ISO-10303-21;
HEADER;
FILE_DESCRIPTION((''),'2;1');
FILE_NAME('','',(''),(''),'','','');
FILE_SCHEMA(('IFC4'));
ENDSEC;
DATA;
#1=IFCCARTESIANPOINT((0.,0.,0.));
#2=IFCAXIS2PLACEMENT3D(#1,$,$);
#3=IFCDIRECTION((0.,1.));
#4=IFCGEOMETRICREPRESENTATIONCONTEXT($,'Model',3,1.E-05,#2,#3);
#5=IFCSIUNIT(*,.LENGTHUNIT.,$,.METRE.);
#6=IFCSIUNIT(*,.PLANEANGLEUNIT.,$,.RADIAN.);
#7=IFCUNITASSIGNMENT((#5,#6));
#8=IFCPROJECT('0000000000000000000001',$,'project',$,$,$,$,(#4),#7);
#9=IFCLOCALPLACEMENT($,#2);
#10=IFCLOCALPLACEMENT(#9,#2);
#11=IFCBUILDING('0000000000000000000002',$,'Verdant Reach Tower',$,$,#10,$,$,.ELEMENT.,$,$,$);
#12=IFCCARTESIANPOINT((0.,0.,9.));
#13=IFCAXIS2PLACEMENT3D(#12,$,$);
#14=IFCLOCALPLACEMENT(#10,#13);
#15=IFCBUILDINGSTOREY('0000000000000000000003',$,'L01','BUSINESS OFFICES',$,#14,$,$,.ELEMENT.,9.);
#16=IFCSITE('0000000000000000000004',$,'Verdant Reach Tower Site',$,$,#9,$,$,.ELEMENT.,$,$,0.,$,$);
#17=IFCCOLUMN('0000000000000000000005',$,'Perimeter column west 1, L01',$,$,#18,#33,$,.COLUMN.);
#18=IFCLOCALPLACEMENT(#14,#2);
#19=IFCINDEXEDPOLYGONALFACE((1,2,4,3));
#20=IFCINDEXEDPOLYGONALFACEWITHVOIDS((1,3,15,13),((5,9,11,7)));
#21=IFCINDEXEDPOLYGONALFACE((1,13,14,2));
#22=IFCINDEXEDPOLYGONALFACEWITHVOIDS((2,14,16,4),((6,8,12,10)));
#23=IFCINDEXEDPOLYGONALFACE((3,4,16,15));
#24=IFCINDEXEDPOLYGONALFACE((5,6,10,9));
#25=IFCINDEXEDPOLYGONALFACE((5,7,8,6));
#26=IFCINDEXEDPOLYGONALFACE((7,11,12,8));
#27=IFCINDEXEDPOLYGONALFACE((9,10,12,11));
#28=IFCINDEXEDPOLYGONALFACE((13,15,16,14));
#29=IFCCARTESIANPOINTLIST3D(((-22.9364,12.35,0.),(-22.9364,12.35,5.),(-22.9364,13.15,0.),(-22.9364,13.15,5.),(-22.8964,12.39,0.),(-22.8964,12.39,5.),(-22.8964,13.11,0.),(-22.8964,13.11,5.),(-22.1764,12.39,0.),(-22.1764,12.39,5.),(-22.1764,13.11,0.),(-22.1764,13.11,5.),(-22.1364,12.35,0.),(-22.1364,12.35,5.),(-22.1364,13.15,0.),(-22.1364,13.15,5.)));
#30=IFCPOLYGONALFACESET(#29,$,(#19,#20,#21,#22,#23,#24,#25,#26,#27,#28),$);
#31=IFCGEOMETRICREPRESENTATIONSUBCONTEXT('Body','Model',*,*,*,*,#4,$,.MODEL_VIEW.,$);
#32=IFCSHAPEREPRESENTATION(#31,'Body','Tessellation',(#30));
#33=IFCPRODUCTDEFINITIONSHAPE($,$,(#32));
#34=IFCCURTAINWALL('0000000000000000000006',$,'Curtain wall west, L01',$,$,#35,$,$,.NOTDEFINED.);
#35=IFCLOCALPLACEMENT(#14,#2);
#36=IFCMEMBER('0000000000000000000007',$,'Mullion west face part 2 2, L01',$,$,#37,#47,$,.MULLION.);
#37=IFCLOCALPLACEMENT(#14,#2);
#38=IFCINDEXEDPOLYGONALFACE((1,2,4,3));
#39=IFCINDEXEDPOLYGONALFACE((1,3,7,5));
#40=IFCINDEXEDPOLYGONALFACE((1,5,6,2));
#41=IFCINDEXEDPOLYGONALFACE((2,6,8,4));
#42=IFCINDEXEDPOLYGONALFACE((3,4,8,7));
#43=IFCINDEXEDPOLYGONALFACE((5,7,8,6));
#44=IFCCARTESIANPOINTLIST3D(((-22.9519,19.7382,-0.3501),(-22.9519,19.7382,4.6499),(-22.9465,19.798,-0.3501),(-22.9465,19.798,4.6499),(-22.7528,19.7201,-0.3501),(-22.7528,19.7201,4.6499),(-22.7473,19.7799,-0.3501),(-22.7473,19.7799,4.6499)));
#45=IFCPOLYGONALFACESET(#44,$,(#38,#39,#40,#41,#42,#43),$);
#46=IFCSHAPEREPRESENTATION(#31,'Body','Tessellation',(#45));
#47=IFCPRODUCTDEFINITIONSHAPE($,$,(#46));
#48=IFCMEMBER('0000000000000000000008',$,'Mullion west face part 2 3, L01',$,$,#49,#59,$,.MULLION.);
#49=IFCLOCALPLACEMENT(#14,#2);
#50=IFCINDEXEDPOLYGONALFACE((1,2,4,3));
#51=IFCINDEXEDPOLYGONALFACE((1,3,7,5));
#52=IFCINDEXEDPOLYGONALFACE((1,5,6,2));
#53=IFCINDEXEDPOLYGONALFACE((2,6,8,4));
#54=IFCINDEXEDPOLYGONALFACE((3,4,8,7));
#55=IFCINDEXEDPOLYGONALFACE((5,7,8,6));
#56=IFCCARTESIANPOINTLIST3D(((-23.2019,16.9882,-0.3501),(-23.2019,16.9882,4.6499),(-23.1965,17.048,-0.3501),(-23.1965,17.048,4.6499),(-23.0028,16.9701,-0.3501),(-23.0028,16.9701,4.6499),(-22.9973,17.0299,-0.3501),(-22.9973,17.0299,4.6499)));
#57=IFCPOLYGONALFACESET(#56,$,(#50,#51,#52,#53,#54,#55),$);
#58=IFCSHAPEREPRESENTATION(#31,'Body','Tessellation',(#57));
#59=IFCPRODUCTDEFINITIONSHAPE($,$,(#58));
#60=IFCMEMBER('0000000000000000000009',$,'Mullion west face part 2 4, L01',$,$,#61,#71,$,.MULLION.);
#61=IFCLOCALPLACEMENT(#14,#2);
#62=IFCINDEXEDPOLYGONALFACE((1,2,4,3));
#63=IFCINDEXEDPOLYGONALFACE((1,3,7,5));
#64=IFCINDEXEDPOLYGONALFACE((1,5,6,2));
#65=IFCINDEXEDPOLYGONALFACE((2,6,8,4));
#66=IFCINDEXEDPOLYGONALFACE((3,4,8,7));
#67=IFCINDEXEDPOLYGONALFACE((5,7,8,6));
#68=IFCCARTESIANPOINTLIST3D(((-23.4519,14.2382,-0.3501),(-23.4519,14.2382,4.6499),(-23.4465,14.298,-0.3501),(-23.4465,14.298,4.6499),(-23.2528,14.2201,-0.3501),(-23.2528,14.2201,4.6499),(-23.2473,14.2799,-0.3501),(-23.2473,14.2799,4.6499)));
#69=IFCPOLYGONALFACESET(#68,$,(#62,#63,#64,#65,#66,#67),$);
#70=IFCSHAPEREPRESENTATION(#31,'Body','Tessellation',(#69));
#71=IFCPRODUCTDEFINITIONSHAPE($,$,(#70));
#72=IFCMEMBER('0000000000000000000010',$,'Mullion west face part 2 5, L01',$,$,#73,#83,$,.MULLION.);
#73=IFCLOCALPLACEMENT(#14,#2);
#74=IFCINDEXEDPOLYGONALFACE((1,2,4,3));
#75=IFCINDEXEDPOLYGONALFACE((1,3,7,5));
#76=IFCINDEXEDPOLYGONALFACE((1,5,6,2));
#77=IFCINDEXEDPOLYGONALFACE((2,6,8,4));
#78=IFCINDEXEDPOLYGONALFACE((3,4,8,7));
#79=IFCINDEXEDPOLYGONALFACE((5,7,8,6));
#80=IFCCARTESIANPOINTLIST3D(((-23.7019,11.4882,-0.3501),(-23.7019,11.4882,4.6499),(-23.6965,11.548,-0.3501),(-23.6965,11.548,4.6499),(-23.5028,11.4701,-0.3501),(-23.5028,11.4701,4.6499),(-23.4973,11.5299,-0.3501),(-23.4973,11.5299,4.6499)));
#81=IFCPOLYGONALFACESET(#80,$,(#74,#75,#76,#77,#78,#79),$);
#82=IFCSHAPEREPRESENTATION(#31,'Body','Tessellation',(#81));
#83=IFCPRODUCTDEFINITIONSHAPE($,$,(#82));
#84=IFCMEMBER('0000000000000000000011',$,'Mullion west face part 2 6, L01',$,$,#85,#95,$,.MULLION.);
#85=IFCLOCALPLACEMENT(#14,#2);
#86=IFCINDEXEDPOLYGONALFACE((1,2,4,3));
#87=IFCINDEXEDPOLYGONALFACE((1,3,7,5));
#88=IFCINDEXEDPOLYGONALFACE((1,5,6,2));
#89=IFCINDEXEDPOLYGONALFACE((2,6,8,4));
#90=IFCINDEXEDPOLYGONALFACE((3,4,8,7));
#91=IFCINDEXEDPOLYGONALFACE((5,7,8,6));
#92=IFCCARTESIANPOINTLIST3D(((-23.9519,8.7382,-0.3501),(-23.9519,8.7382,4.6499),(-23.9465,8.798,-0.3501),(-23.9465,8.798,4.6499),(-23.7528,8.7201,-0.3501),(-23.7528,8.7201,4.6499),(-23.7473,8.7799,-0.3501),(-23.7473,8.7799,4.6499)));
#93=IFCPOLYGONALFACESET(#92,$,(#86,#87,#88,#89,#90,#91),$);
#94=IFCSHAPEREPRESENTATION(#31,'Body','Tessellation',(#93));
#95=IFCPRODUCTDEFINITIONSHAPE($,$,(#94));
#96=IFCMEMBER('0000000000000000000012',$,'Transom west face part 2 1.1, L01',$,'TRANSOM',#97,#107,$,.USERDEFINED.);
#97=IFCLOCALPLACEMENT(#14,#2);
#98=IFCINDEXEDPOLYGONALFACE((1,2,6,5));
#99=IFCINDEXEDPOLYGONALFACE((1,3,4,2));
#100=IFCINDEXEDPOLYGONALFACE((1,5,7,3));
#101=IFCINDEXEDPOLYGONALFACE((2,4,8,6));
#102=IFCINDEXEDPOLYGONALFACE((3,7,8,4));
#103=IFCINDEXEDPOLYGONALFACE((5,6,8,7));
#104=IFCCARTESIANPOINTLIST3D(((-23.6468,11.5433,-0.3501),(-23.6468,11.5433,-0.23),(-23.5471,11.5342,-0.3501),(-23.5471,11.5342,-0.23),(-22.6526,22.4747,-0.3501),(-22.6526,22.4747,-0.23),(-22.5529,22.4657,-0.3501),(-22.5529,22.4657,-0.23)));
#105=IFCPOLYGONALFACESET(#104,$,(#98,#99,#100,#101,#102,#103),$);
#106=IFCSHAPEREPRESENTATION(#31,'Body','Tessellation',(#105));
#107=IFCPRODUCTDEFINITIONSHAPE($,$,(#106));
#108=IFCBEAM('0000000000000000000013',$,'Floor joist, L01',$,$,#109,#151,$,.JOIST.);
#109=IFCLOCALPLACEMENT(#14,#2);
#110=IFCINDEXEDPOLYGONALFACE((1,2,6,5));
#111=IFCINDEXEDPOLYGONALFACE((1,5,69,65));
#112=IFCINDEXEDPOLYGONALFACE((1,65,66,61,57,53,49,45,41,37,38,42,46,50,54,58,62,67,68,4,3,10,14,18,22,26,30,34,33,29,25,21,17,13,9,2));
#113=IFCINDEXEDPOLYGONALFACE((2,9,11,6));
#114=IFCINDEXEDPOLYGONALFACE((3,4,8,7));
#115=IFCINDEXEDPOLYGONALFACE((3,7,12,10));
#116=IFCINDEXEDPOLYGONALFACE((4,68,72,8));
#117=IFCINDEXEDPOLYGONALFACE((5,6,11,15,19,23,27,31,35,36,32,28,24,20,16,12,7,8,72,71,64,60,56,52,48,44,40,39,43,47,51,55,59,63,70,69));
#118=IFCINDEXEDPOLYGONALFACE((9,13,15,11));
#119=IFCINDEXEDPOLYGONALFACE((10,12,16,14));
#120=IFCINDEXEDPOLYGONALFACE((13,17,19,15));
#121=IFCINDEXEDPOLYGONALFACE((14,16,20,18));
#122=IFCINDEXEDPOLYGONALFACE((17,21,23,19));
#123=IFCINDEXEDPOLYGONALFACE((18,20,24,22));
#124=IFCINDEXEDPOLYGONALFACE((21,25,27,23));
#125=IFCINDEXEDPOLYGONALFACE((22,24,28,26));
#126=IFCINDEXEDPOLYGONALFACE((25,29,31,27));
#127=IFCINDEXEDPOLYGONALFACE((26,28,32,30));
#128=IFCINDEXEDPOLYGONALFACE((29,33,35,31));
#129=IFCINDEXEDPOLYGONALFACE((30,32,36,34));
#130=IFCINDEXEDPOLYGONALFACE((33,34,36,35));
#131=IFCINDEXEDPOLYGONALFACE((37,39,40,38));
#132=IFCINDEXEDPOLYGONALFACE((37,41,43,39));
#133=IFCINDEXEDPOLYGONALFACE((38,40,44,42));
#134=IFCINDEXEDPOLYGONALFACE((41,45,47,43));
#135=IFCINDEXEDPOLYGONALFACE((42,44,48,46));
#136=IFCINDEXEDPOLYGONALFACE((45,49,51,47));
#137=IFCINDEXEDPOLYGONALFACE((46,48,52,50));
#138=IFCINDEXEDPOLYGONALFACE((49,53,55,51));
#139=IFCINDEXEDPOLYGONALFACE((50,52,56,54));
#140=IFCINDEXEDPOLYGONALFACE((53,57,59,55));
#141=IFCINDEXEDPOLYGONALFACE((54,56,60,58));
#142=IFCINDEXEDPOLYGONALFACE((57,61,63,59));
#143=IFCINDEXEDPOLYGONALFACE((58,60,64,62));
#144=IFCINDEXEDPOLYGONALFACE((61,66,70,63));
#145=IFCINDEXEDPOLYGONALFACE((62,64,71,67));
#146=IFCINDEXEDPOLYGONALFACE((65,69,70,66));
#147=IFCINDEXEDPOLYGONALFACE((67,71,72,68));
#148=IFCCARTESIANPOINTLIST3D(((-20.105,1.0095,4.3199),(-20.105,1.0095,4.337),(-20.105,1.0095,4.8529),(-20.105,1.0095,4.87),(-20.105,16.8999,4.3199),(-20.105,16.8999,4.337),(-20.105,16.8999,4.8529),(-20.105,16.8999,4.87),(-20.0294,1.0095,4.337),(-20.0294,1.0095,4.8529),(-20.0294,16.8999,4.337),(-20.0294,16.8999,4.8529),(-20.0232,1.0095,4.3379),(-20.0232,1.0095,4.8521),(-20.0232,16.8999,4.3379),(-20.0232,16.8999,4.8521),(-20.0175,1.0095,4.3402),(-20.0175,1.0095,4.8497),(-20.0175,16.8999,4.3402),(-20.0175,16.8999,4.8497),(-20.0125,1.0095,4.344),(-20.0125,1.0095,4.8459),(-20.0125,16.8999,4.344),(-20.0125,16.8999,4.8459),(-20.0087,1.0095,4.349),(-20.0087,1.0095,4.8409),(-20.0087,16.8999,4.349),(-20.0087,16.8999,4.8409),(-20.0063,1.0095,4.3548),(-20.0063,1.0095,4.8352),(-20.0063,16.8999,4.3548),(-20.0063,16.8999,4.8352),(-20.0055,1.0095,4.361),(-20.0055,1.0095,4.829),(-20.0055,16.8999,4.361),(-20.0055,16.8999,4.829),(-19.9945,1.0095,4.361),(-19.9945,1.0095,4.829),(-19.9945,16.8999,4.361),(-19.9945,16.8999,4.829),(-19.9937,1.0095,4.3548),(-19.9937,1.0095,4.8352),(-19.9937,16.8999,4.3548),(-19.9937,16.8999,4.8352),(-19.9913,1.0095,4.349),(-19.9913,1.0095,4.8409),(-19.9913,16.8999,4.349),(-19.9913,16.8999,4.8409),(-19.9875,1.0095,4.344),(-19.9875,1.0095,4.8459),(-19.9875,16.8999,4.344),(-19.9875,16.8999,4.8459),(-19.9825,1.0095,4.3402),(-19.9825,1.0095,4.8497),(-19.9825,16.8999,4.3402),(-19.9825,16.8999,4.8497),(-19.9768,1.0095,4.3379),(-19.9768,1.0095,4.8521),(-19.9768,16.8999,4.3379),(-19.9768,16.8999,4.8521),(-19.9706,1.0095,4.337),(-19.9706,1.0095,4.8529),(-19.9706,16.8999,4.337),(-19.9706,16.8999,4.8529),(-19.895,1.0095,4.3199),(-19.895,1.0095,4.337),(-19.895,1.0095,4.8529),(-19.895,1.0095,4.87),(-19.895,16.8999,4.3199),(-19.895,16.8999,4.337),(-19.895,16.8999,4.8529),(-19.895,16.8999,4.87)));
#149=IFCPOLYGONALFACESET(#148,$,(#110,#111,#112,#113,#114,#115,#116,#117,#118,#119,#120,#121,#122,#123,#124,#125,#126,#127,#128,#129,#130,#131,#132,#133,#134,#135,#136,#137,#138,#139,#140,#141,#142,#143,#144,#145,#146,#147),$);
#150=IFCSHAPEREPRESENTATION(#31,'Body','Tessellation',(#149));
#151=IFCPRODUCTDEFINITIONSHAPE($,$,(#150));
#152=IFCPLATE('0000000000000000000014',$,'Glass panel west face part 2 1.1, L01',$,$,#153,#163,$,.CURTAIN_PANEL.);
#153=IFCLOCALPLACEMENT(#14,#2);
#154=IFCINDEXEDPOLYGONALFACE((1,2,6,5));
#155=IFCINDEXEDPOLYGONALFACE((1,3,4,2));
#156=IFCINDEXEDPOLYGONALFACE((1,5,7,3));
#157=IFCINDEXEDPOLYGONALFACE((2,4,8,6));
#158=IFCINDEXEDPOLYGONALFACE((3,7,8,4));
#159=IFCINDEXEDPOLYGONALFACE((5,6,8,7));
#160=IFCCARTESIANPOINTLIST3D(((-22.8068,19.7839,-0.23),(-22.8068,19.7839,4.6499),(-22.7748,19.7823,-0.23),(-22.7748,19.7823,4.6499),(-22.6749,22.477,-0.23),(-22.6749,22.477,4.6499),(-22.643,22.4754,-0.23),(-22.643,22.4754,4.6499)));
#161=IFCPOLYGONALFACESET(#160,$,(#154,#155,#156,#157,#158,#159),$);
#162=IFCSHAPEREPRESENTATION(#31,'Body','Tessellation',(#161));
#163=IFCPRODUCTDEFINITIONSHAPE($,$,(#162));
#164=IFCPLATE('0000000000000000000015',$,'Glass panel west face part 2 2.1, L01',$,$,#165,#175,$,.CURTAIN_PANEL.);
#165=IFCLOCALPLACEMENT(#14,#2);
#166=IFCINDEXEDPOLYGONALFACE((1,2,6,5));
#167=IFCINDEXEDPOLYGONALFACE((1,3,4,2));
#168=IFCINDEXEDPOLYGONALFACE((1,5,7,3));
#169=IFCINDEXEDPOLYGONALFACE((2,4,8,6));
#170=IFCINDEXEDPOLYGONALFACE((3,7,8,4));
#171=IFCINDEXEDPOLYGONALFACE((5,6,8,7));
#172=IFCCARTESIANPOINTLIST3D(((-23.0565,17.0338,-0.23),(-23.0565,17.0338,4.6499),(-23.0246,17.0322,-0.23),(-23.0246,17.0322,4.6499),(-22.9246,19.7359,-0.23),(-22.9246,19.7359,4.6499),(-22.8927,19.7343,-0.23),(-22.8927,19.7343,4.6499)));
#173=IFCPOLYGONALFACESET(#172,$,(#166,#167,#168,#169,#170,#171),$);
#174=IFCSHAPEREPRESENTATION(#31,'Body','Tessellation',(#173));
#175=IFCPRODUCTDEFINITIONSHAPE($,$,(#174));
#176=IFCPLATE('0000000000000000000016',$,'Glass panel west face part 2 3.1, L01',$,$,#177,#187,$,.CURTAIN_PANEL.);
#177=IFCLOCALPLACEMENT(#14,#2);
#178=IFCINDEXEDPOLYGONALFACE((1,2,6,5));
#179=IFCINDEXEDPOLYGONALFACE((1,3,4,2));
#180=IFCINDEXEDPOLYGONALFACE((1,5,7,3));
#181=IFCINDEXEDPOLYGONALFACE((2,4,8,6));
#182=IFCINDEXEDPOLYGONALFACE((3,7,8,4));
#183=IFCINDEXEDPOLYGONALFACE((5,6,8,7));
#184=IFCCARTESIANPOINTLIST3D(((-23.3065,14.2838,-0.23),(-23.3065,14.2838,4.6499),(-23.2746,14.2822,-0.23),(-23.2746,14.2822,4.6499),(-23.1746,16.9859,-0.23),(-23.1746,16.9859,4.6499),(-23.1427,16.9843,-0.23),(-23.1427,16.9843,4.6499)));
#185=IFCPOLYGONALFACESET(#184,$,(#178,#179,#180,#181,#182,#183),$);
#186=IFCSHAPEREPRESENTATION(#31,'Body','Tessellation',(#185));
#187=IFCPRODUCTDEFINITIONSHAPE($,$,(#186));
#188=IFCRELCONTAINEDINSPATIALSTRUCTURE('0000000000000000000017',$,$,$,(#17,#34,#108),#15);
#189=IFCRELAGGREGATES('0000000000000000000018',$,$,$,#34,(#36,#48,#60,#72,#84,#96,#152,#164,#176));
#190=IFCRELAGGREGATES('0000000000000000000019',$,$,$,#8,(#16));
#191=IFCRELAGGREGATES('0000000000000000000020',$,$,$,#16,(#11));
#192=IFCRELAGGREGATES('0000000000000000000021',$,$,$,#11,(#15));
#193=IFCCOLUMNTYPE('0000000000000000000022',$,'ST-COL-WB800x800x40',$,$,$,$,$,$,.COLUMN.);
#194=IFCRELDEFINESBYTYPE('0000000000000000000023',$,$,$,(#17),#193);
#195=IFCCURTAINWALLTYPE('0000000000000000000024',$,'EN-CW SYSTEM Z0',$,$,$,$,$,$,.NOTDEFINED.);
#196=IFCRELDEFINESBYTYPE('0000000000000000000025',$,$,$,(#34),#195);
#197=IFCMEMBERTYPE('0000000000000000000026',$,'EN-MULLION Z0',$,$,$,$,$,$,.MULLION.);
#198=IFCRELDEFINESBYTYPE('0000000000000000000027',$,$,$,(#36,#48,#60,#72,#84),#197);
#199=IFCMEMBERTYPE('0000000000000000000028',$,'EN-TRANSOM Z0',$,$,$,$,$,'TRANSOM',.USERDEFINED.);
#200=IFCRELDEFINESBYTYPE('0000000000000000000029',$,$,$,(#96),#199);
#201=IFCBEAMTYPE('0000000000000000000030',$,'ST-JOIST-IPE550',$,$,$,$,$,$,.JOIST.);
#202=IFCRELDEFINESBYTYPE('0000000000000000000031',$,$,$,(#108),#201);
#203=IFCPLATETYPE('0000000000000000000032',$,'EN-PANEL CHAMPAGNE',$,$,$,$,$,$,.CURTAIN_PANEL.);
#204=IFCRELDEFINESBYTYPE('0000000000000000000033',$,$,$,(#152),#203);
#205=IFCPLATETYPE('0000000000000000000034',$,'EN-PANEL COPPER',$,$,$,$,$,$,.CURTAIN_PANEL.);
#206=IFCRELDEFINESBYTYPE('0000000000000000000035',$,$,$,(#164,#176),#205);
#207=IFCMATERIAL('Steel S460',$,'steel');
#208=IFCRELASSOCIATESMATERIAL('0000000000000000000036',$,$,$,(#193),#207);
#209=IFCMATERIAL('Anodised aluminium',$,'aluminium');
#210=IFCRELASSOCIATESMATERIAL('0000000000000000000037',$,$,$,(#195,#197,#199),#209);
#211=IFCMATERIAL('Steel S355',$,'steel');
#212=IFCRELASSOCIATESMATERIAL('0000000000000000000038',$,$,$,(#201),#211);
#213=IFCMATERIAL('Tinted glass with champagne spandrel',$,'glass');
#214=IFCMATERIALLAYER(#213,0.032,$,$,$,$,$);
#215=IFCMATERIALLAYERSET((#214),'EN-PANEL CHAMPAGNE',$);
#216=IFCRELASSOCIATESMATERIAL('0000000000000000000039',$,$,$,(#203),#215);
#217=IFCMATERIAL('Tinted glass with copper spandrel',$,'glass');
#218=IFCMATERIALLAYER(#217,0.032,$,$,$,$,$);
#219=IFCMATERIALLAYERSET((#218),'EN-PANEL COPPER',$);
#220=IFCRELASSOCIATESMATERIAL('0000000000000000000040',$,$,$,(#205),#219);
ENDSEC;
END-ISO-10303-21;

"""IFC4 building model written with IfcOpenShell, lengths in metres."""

from ifc_helpers import new_model, si_unit, direction, frame, origin, origin_2d, place, context, subcontext, project, spatial, rectangle, hollow_rectangle, i_section, extrude, material, layer, layer_set, material_profile, profile_set, type_object, element, aggregate, save


model = new_model("IFC4")

# Units and contexts
model_context = context("Model", 3, precision=1e-05, world=origin(), true_north=direction((0.0, 1.0)))
body_context = subcontext(model_context, "Body", "Model", "MODEL_VIEW")
ifc_project = project(units=[si_unit("LENGTHUNIT", "METRE"), si_unit("PLANEANGLEUNIT", "RADIAN")], contexts=[model_context])

# Site, building, storey
site_placement = place(None, origin())
site = spatial("IfcSite", under=ifc_project, at=site_placement, Name="Verdant Reach Tower Site", CompositionType="ELEMENT", RefElevation=0.0)
building_placement = place(site_placement, origin())
building = spatial("IfcBuilding", under=site, at=building_placement, Name="Verdant Reach Tower", CompositionType="ELEMENT")
storey_placement = place(building_placement, frame((0.0, 0.0, 9.0)))
storey = spatial("IfcBuildingStorey", under=building, at=storey_placement, Name="L01", Description="BUSINESS OFFICES", CompositionType="ELEMENT", Elevation=9.0)

# Column
ifc_material_1 = material(Name="Steel S460", Category="steel")
ifc_material_profile_1 = material_profile(ifc_material_1, hollow_rectangle(XDim=0.8, YDim=0.8, WallThickness=0.04, at=origin_2d()), Name="WB 800x800x40")
ifc_profile_set_1 = profile_set([ifc_material_profile_1], Name="Steel S460")
column_type = type_object("IfcColumnType", Name="ST-COL-WB800x800x40", PredefinedType="COLUMN", material=ifc_profile_set_1)
column_placement = place(storey_placement, frame((-22.5364, 12.75, 0.0), z_axis=(0.0, 0.0, 1.0), x_axis=(1.0, 0.0, 0.0)))
element("IfcColumn", 1, at=column_placement, inside=storey, type_object=column_type, Name="Perimeter column west 1, L01", PredefinedType="COLUMN", context=body_context, shape_type="SweptSolid", body=[
    extrude(hollow_rectangle(XDim=0.8, YDim=0.8, WallThickness=0.04, at=origin_2d()), origin(), (0.0, 0.0, 1.0), 5.0),
])

# Curtain wall, members
ifc_material_2 = material(Name="Anodised aluminium", Category="aluminium")
curtain_wall_type = type_object("IfcCurtainWallType", Name="EN-CW SYSTEM Z0", PredefinedType="NOTDEFINED", material=ifc_material_2)
curtain_wall_placement = place(storey_placement, origin())
curtain_wall = element("IfcCurtainWall", 2, at=curtain_wall_placement, inside=storey, type_object=curtain_wall_type, Name="Curtain wall west, L01", PredefinedType="NOTDEFINED")
ifc_material_profile_2 = material_profile(ifc_material_2, rectangle(XDim=0.2, YDim=0.0601, at=origin_2d()), Name="Mullion 60x200")
ifc_profile_set_2 = profile_set([ifc_material_profile_2], Name="Anodised aluminium")
member_type_1 = type_object("IfcMemberType", Name="EN-MULLION Z0", PredefinedType="MULLION", material=ifc_profile_set_2)
member_1_placement = place(storey_placement, frame((-22.8496, 19.759, -0.3501), z_axis=(0.0, 0.0, 1.0), x_axis=(-0.995893, 0.090536, 0.0)))
member_1 = element("IfcMember", 3, at=member_1_placement, type_object=member_type_1, Name="Mullion west face part 2 2, L01", PredefinedType="MULLION", context=body_context, shape_type="SweptSolid", body=[
    extrude(rectangle(XDim=0.2, YDim=0.0601, at=origin_2d()), origin(), (0.0, 0.0, 1.0), 5.0),
])
member_2_placement = place(storey_placement, frame((-23.0996, 17.009, -0.3501), z_axis=(0.0, 0.0, 1.0), x_axis=(-0.995893, 0.090536, 0.0)))
member_2 = element("IfcMember", 4, at=member_2_placement, type_object=member_type_1, Name="Mullion west face part 2 3, L01", PredefinedType="MULLION", context=body_context, shape_type="SweptSolid", body=[
    extrude(rectangle(XDim=0.2, YDim=0.0601, at=origin_2d()), origin(), (0.0, 0.0, 1.0), 5.0),
])
member_3_placement = place(storey_placement, frame((-23.3496, 14.259, -0.3501), z_axis=(0.0, 0.0, 1.0), x_axis=(-0.995893, 0.090536, 0.0)))
member_3 = element("IfcMember", 5, at=member_3_placement, type_object=member_type_1, Name="Mullion west face part 2 4, L01", PredefinedType="MULLION", context=body_context, shape_type="SweptSolid", body=[
    extrude(rectangle(XDim=0.2, YDim=0.0601, at=origin_2d()), origin(), (0.0, 0.0, 1.0), 5.0),
])
member_4_placement = place(storey_placement, frame((-23.5996, 11.509, -0.3501), z_axis=(0.0, 0.0, 1.0), x_axis=(-0.995893, 0.090536, 0.0)))
member_4 = element("IfcMember", 6, at=member_4_placement, type_object=member_type_1, Name="Mullion west face part 2 5, L01", PredefinedType="MULLION", context=body_context, shape_type="SweptSolid", body=[
    extrude(rectangle(XDim=0.2, YDim=0.0601, at=origin_2d()), origin(), (0.0, 0.0, 1.0), 5.0),
])
member_5_placement = place(storey_placement, frame((-23.8496, 8.759, -0.3501), z_axis=(0.0, 0.0, 1.0), x_axis=(-0.995893, 0.090536, 0.0)))
member_5 = element("IfcMember", 7, at=member_5_placement, type_object=member_type_1, Name="Mullion west face part 2 6, L01", PredefinedType="MULLION", context=body_context, shape_type="SweptSolid", body=[
    extrude(rectangle(XDim=0.2, YDim=0.0601, at=origin_2d()), origin(), (0.0, 0.0, 1.0), 5.0),
])
ifc_material_profile_3 = material_profile(ifc_material_2, rectangle(XDim=0.1001, YDim=0.1201, at=origin_2d()), Name="Transom 120x100")
ifc_profile_set_3 = profile_set([ifc_material_profile_3], Name="Anodised aluminium")
member_type_2 = type_object("IfcMemberType", Name="EN-TRANSOM Z0", ElementType="TRANSOM", PredefinedType="USERDEFINED", material=ifc_profile_set_3)
member_6_placement = place(storey_placement, frame((-22.6028, 22.4702, -0.29), z_axis=(-0.09057, -0.99589, 0.0), x_axis=(0.99589, -0.09057, 0.0)))
member_6 = element("IfcMember", 8, at=member_6_placement, type_object=member_type_2, Name="Transom west face part 2 1.1, L01", ObjectType="TRANSOM", PredefinedType="USERDEFINED", context=body_context, shape_type="SweptSolid", body=[
    extrude(rectangle(XDim=0.1001, YDim=0.1201, at=origin_2d()), origin(), (0.0, 0.0, 1.0), 10.9766),
])

# Beam
ifc_material_3 = material(Name="Steel S355", Category="steel")
ifc_material_profile_4 = material_profile(ifc_material_3, i_section(OverallWidth=0.21, OverallDepth=0.55, WebThickness=0.011, FlangeThickness=0.0171, FilletRadius=0.0239, at=origin_2d()), Name="IPE 550")
ifc_profile_set_4 = profile_set([ifc_material_profile_4], Name="Steel S355")
beam_type = type_object("IfcBeamType", Name="ST-JOIST-IPE550", PredefinedType="JOIST", material=ifc_profile_set_4)
beam_placement = place(storey_placement, frame((-20.0, 16.8999, 4.595), z_axis=(0.0, -1.0, 0.0), x_axis=(1.0, 0.0, 0.0)))
element("IfcBeam", 9, at=beam_placement, inside=storey, type_object=beam_type, Name="Floor joist, L01", PredefinedType="JOIST", context=body_context, shape_type="SweptSolid", body=[
    extrude(i_section(OverallWidth=0.21, OverallDepth=0.55, WebThickness=0.011, FlangeThickness=0.0171, FilletRadius=0.0239, at=origin_2d()), origin(), (0.0, 0.0, 1.0), 15.8904),
])

# Plates
ifc_material_4 = material(Name="Tinted glass with champagne spandrel", Category="glass")
ifc_layer_1 = layer(ifc_material_4, 0.032)
ifc_layer_set_1 = layer_set([ifc_layer_1], Name="EN-PANEL CHAMPAGNE")
plate_type_1 = type_object("IfcPlateType", Name="EN-PANEL CHAMPAGNE", PredefinedType="CURTAIN_PANEL", material=ifc_layer_set_1)
plate_1_placement = place(storey_placement, frame((-22.7249, 21.1296, -0.23), z_axis=(0.0, 0.0, 1.0), x_axis=(-0.048902, -0.998804, 0.0)))
plate_1 = element("IfcPlate", 10, at=plate_1_placement, type_object=plate_type_1, Name="Glass panel west face part 2 1.1, L01", PredefinedType="CURTAIN_PANEL", context=body_context, shape_type="SweptSolid", body=[
    extrude(rectangle(XDim=2.6963, YDim=0.032, at=origin_2d()), origin(), (0.0, 0.0, 1.0), 4.8799),
])
ifc_material_5 = material(Name="Tinted glass with copper spandrel", Category="glass")
ifc_layer_2 = layer(ifc_material_5, 0.032)
ifc_layer_set_2 = layer_set([ifc_layer_2], Name="EN-PANEL COPPER")
plate_type_2 = type_object("IfcPlateType", Name="EN-PANEL COPPER", PredefinedType="CURTAIN_PANEL", material=ifc_layer_set_2)
plate_2_placement = place(storey_placement, frame((-22.9746, 18.384, -0.23), z_axis=(0.0, 0.0, 1.0), x_axis=(-0.048753, -0.998811, 0.0)))
plate_2 = element("IfcPlate", 11, at=plate_2_placement, type_object=plate_type_2, Name="Glass panel west face part 2 2.1, L01", PredefinedType="CURTAIN_PANEL", context=body_context, shape_type="SweptSolid", body=[
    extrude(rectangle(XDim=2.7053, YDim=0.032, at=origin_2d()), origin(), (0.0, 0.0, 1.0), 4.8799),
])
plate_3_placement = place(storey_placement, frame((-23.2246, 15.634, -0.23), z_axis=(0.0, 0.0, 1.0), x_axis=(-0.048753, -0.998811, 0.0)))
plate_3 = element("IfcPlate", 12, at=plate_3_placement, type_object=plate_type_2, Name="Glass panel west face part 2 3.1, L01", PredefinedType="CURTAIN_PANEL", context=body_context, shape_type="SweptSolid", body=[
    extrude(rectangle(XDim=2.7053, YDim=0.032, at=origin_2d()), origin(), (0.0, 0.0, 1.0), 4.8799),
])
aggregate(curtain_wall, [member_1, member_2, member_3, member_4, member_5, member_6, plate_1, plate_2, plate_3])

save(model, "model.ifc")
